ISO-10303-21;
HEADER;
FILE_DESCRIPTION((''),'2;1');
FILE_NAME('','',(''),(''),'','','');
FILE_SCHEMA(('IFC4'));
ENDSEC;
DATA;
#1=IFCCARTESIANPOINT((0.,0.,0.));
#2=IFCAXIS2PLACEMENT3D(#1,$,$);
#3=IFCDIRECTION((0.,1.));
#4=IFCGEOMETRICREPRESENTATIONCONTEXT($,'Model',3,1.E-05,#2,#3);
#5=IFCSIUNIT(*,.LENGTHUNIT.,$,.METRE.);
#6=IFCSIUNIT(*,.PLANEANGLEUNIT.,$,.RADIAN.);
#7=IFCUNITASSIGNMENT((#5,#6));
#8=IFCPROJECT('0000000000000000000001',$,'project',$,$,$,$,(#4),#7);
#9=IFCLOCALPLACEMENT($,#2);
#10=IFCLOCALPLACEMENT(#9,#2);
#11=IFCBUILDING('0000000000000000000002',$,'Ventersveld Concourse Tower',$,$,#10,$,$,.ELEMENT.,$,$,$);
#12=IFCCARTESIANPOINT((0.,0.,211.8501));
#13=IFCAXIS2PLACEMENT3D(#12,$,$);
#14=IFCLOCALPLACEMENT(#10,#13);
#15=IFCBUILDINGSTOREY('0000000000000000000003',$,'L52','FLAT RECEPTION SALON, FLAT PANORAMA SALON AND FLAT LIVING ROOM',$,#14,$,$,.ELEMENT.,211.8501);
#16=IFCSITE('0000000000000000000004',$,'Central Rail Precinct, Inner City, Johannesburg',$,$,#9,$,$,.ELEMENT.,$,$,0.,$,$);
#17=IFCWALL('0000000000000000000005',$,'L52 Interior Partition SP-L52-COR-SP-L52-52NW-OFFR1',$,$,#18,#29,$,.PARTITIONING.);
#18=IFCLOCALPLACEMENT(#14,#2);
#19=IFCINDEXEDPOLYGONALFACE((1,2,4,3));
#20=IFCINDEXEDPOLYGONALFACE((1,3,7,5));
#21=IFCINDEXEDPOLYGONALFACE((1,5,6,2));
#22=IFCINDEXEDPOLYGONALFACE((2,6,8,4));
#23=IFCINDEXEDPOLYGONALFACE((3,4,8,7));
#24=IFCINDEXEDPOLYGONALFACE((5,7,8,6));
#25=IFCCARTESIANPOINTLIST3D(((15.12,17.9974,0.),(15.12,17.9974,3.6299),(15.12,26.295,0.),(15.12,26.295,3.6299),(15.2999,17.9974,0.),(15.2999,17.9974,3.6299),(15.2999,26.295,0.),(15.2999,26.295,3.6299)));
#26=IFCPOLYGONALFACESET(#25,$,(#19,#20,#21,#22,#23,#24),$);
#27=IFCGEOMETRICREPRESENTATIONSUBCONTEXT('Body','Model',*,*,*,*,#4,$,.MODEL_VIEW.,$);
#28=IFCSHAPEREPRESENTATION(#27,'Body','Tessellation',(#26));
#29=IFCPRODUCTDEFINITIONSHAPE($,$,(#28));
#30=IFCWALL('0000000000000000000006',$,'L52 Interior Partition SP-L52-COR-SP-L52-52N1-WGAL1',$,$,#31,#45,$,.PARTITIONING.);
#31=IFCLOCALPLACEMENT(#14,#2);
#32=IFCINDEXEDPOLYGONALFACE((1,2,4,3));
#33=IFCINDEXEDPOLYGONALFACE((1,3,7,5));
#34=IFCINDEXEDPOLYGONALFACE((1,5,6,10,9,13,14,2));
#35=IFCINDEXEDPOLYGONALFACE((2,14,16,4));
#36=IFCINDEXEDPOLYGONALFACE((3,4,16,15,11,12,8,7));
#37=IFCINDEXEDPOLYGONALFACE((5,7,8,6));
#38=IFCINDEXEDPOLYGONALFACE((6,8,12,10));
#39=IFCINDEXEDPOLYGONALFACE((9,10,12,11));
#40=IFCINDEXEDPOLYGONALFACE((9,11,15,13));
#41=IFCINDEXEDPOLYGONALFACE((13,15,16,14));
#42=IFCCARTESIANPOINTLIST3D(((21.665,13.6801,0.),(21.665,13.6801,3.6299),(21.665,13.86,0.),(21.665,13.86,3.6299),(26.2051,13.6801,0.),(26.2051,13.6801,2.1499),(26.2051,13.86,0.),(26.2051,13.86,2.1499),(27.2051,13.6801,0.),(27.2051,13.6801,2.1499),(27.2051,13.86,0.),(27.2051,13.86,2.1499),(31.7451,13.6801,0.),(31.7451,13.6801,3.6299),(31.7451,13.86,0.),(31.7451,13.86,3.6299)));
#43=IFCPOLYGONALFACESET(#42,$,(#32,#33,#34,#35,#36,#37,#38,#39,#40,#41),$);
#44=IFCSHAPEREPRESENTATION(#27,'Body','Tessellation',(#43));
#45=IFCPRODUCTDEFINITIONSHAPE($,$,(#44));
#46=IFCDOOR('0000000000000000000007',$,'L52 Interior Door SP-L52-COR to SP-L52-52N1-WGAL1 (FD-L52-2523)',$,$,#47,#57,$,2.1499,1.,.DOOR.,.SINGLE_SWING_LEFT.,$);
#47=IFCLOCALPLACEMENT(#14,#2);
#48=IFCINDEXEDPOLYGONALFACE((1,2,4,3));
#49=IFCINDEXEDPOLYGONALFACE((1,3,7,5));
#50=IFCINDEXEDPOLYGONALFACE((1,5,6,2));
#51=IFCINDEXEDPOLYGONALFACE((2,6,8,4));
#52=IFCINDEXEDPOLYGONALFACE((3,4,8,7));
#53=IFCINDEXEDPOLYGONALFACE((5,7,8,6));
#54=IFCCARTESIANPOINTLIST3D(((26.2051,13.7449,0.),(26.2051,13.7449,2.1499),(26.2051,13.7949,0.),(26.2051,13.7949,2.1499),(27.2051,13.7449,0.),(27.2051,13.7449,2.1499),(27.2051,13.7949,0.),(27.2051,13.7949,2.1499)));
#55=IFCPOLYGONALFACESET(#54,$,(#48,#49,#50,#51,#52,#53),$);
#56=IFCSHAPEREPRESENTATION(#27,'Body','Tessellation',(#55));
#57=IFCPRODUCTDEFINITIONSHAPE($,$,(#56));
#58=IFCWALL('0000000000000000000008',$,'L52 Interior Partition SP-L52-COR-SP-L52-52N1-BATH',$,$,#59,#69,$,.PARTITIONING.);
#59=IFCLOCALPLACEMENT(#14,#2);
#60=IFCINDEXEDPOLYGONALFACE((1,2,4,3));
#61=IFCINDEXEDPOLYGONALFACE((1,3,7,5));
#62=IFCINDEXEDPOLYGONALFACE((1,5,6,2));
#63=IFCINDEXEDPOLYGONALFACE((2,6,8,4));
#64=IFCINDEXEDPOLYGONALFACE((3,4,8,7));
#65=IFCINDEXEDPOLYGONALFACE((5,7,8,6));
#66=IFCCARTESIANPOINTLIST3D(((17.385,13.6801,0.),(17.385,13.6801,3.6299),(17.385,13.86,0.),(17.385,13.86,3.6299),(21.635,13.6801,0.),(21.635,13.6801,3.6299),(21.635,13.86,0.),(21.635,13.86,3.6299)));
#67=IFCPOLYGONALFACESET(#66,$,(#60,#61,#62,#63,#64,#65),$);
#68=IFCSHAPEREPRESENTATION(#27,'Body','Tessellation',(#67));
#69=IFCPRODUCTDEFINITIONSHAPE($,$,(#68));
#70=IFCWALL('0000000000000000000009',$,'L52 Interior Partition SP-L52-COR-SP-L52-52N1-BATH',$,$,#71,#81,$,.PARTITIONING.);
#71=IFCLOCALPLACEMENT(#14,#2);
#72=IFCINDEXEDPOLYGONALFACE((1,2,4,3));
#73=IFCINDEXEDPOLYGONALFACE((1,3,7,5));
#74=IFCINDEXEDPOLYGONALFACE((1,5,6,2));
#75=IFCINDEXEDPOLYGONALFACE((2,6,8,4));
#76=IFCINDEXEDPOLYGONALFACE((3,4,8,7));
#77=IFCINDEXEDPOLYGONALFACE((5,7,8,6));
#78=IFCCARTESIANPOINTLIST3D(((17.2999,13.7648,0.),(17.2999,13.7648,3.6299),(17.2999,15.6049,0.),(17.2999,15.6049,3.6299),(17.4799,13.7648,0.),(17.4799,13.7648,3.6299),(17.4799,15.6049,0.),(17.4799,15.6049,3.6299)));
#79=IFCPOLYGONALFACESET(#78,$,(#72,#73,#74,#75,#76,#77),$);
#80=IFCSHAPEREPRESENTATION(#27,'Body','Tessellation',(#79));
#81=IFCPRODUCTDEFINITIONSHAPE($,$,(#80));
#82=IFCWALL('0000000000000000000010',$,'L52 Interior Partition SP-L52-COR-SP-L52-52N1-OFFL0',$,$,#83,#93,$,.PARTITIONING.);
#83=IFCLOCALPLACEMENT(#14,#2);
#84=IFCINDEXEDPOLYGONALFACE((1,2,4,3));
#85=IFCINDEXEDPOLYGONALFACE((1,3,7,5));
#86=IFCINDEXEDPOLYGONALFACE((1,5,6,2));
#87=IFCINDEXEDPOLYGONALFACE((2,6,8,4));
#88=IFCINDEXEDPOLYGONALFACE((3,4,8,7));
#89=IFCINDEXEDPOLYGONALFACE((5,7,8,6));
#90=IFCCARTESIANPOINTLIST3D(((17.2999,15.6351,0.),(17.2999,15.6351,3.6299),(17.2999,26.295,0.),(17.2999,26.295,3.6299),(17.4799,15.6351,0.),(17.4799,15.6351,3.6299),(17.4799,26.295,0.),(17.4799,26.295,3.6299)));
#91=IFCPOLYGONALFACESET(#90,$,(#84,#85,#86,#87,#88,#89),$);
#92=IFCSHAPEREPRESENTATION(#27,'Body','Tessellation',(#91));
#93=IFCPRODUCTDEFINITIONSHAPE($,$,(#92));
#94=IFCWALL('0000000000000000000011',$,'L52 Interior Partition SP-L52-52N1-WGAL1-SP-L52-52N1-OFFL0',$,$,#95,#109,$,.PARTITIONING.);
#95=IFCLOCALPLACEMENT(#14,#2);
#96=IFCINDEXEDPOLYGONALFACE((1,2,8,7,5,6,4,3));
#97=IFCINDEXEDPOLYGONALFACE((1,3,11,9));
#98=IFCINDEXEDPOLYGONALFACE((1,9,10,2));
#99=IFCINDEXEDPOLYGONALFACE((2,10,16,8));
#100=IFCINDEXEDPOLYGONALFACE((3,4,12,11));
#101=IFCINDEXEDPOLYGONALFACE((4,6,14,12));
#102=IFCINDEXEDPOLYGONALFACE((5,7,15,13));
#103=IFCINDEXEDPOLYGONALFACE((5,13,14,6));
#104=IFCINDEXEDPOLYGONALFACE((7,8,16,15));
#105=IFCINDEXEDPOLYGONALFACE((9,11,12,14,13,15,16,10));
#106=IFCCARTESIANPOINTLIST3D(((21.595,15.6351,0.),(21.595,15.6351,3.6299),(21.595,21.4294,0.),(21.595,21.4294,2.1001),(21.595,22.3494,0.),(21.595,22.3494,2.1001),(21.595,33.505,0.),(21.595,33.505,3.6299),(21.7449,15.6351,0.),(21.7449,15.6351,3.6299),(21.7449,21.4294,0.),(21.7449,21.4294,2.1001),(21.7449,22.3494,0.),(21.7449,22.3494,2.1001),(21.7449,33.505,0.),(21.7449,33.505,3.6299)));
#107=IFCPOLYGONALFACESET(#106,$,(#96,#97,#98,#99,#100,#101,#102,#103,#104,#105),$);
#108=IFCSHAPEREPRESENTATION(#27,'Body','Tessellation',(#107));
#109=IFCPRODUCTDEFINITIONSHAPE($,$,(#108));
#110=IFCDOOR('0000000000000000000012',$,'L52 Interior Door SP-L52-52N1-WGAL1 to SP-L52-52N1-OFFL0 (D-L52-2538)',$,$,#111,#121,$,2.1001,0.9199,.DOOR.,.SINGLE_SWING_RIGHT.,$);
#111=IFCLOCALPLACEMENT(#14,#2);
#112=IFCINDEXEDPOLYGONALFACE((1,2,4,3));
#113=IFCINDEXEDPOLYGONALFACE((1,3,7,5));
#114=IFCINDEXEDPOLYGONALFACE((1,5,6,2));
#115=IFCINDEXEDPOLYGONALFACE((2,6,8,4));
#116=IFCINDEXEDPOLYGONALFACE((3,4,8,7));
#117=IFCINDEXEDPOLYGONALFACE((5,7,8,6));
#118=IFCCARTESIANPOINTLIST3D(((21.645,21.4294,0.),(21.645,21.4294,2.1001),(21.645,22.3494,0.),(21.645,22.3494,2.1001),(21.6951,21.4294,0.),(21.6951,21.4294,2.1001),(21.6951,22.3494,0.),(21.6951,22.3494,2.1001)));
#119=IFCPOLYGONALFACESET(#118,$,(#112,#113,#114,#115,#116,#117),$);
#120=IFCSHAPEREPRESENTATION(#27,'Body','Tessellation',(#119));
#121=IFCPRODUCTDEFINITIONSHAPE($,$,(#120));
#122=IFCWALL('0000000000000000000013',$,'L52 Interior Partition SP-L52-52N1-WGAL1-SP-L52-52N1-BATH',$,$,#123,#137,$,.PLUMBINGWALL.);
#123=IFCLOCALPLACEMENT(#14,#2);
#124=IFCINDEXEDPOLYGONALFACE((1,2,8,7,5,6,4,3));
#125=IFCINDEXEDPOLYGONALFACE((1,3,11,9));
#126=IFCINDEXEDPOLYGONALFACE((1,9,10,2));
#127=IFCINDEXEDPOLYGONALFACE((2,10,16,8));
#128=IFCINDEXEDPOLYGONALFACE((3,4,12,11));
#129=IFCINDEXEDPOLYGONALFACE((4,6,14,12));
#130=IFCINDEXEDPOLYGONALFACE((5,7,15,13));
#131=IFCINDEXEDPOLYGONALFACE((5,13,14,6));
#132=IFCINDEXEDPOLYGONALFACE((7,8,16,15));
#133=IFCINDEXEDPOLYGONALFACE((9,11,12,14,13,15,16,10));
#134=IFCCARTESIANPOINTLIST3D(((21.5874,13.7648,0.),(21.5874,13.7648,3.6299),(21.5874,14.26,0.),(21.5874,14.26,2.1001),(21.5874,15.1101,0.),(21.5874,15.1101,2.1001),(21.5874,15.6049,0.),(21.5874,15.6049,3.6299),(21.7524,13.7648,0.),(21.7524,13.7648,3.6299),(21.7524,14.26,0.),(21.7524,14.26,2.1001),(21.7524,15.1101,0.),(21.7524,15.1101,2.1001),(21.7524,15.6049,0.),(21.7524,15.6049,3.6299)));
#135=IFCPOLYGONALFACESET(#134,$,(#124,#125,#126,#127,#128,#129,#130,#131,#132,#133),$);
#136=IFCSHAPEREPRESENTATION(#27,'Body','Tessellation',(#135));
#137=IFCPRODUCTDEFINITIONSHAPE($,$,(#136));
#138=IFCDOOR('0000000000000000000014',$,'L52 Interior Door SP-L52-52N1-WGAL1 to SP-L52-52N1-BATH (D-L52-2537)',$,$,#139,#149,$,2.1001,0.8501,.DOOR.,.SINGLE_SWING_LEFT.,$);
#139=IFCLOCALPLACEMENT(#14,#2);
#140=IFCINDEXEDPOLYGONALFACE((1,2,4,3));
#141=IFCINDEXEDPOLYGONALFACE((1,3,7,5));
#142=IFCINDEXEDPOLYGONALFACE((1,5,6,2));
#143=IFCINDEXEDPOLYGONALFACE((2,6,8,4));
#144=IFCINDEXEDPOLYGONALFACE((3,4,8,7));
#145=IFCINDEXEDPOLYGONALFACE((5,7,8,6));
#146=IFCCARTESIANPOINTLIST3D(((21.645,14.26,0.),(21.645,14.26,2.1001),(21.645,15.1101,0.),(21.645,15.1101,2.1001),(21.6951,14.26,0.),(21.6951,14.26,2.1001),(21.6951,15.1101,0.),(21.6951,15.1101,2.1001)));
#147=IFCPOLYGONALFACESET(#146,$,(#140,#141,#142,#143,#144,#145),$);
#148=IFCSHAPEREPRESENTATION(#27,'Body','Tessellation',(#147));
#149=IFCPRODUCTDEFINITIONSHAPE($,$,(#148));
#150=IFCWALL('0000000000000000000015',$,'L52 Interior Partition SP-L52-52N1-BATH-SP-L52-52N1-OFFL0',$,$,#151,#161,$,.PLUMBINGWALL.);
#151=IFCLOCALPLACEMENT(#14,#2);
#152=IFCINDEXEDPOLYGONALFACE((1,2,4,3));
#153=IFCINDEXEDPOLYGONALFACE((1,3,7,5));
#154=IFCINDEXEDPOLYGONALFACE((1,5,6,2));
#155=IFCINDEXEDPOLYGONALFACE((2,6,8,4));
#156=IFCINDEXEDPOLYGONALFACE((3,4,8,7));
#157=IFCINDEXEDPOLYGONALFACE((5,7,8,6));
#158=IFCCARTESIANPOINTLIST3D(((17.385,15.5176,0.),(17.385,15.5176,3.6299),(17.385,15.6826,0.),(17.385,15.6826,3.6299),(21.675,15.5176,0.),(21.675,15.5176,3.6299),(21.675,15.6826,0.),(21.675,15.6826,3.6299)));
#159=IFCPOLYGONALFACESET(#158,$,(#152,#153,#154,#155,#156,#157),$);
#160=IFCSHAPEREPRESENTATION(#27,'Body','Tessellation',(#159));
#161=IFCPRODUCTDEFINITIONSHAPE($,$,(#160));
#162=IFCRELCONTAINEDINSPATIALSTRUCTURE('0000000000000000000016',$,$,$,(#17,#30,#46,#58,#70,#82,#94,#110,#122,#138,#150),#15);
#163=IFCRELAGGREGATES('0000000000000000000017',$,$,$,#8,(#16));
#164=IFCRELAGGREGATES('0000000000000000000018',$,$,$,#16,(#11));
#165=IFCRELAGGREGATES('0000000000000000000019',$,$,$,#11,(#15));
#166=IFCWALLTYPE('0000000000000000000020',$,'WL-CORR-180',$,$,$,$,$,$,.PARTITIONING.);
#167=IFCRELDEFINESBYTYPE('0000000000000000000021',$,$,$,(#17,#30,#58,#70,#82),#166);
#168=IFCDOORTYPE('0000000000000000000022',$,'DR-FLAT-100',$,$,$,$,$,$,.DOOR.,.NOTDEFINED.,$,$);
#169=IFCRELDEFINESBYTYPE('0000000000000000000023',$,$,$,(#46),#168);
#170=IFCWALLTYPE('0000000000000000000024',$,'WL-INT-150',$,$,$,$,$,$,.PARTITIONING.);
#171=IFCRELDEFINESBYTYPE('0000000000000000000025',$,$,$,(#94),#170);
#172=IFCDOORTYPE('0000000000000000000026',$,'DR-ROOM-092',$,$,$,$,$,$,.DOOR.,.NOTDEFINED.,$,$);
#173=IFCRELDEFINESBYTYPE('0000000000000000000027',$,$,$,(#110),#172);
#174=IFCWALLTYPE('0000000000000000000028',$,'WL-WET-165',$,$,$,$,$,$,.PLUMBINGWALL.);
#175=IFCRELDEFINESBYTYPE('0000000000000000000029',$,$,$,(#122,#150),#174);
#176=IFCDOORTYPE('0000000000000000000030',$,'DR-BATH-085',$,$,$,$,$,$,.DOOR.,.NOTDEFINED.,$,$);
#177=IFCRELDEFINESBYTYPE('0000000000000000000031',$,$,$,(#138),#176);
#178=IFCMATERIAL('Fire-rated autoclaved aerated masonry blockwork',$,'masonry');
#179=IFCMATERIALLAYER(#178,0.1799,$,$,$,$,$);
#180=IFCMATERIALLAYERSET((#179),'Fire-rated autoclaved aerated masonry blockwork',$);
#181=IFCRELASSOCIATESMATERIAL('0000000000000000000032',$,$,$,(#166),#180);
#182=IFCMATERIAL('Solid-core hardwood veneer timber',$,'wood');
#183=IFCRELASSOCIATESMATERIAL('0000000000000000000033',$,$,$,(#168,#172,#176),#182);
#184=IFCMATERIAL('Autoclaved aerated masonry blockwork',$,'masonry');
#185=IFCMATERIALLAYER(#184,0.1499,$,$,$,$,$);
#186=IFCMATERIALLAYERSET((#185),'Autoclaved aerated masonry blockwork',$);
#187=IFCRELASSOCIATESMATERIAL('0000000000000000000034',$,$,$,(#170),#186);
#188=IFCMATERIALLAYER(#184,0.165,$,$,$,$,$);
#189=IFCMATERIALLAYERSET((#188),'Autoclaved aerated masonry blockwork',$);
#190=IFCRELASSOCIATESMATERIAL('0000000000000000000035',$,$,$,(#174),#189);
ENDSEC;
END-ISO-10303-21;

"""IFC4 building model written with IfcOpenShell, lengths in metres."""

from ifc_helpers import new_model, si_unit, direction, frame, frame_2d, origin, place, context, subcontext, project, spatial, rectangle, extrude, material, layer, layer_set, type_object, element, fill, save


model = new_model("IFC4")

# Units and contexts
model_context = context("Model", 3, precision=1e-05, world=origin(), true_north=direction((0.0, 1.0)))
body_context = subcontext(model_context, "Body", "Model", "MODEL_VIEW")
ifc_project = project(units=[si_unit("LENGTHUNIT", "METRE"), si_unit("PLANEANGLEUNIT", "RADIAN")], contexts=[model_context])

# Site, building, storey
site_placement = place(None, origin())
site = spatial("IfcSite", under=ifc_project, at=site_placement, Name="Central Rail Precinct, Inner City, Johannesburg", CompositionType="ELEMENT", RefElevation=0.0)
building_placement = place(site_placement, origin())
building = spatial("IfcBuilding", under=site, at=building_placement, Name="Ventersveld Concourse Tower", CompositionType="ELEMENT")
storey_placement = place(building_placement, frame((0.0, 0.0, 211.8501)))
storey = spatial("IfcBuildingStorey", under=building, at=storey_placement, Name="L52", Description="FLAT RECEPTION SALON, FLAT PANORAMA SALON AND FLAT LIVING ROOM", CompositionType="ELEMENT", Elevation=211.8501)

# Wall
ifc_material_1 = material(Name="Fire-rated autoclaved aerated masonry blockwork", Category="masonry")
ifc_layer_1 = layer(ifc_material_1, 0.1799)
ifc_layer_set_1 = layer_set([ifc_layer_1], Name="Fire-rated autoclaved aerated masonry blockwork")
wall_type_1 = type_object("IfcWallType", Name="WL-CORR-180", PredefinedType="PARTITIONING", material=ifc_layer_set_1)
wall_1_placement = place(storey_placement, frame((15.21, 17.9973, 0.0), z_axis=(0.0, 0.0, 1.0), x_axis=(0.0, 1.0, 0.0)))
element("IfcWall", 1, at=wall_1_placement, inside=storey, type_object=wall_type_1, Name="L52 Interior Partition SP-L52-COR-SP-L52-52NW-OFFR1", PredefinedType="PARTITIONING", context=body_context, shape_type="SweptSolid", body=[
    extrude(rectangle(XDim=8.2976, YDim=0.1799, at=frame_2d((4.1489, 0.0))), origin(), (0.0, 0.0, 1.0), 3.6299),
])

# Wall, opening, door
wall_2_placement = place(storey_placement, frame((21.665, 13.77, 0.0), z_axis=(0.0, 0.0, 1.0), x_axis=(1.0, 0.0, 0.0)))
wall_2 = element("IfcWall", 2, at=wall_2_placement, inside=storey, type_object=wall_type_1, Name="L52 Interior Partition SP-L52-COR-SP-L52-52N1-WGAL1", PredefinedType="PARTITIONING", context=body_context, shape_type="SweptSolid", body=[
    extrude(rectangle(XDim=10.0801, YDim=0.1799, at=frame_2d((5.04, 0.0))), origin(), (0.0, 0.0, 1.0), 3.6299),
])
opening_1_placement = place(wall_2_placement, frame((4.54, 0.0, 0.0)))
opening_1 = element("IfcOpeningElement", 3, at=opening_1_placement, cuts=wall_2, PredefinedType="OPENING", context=body_context, shape_type="SweptSolid", body=[
    extrude(rectangle(XDim=1.0, YDim=2.1499, at=frame_2d((0.5, 1.075))), frame((0.0, 0.1001, 0.0), z_axis=(0.0, -1.0, 0.0), x_axis=(1.0, 0.0, 0.0)), (0.0, 0.0, 1.0), 0.2),
])
ifc_material_2 = material(Name="Solid-core hardwood veneer timber", Category="wood")
door_type_1 = type_object("IfcDoorType", Name="DR-FLAT-100", OperationType="NOTDEFINED", PredefinedType="DOOR", material=ifc_material_2)
door_1_placement = place(opening_1_placement, origin())
door_1 = element("IfcDoor", 4, at=door_1_placement, inside=storey, type_object=door_type_1, Name="L52 Interior Door SP-L52-COR to SP-L52-52N1-WGAL1 (FD-L52-2523)", OperationType="SINGLE_SWING_LEFT", OverallHeight=2.1499, OverallWidth=1.0, PredefinedType="DOOR", context=body_context, shape_type="SweptSolid", body=[
    extrude(rectangle(XDim=1.0, YDim=2.1499, at=frame_2d((0.5, 1.075))), frame((0.0, 0.0249, 0.0), z_axis=(0.0, -1.0, 0.0), x_axis=(1.0, 0.0, 0.0)), (0.0, 0.0, 1.0), 0.05),
])
fill(opening_1, door_1)

# Walls
wall_3_placement = place(storey_placement, frame((17.385, 13.77, 0.0), z_axis=(0.0, 0.0, 1.0), x_axis=(1.0, 0.0, 0.0)))
element("IfcWall", 5, at=wall_3_placement, inside=storey, type_object=wall_type_1, Name="L52 Interior Partition SP-L52-COR-SP-L52-52N1-BATH", PredefinedType="PARTITIONING", context=body_context, shape_type="SweptSolid", body=[
    extrude(rectangle(XDim=4.25, YDim=0.1799, at=frame_2d((2.125, 0.0))), origin(), (0.0, 0.0, 1.0), 3.6299),
])
wall_4_placement = place(storey_placement, frame((17.3899, 13.7649, 0.0), z_axis=(0.0, 0.0, 1.0), x_axis=(0.0, 1.0, 0.0)))
element("IfcWall", 6, at=wall_4_placement, inside=storey, type_object=wall_type_1, Name="L52 Interior Partition SP-L52-COR-SP-L52-52N1-BATH", PredefinedType="PARTITIONING", context=body_context, shape_type="SweptSolid", body=[
    extrude(rectangle(XDim=1.8401, YDim=0.1799, at=frame_2d((0.9199, 0.0))), origin(), (0.0, 0.0, 1.0), 3.6299),
])
wall_5_placement = place(storey_placement, frame((17.3899, 15.635, 0.0), z_axis=(0.0, 0.0, 1.0), x_axis=(0.0, 1.0, 0.0)))
element("IfcWall", 7, at=wall_5_placement, inside=storey, type_object=wall_type_1, Name="L52 Interior Partition SP-L52-COR-SP-L52-52N1-OFFL0", PredefinedType="PARTITIONING", context=body_context, shape_type="SweptSolid", body=[
    extrude(rectangle(XDim=10.6599, YDim=0.1799, at=frame_2d((5.3301, 0.0))), origin(), (0.0, 0.0, 1.0), 3.6299),
])

# Walls, openings, doors
ifc_material_3 = material(Name="Autoclaved aerated masonry blockwork", Category="masonry")
ifc_layer_2 = layer(ifc_material_3, 0.1499)
ifc_layer_set_2 = layer_set([ifc_layer_2], Name="Autoclaved aerated masonry blockwork")
wall_type_2 = type_object("IfcWallType", Name="WL-INT-150", PredefinedType="PARTITIONING", material=ifc_layer_set_2)
wall_6_placement = place(storey_placement, frame((21.6699, 15.635, 0.0), z_axis=(0.0, 0.0, 1.0), x_axis=(0.0, 1.0, 0.0)))
wall_6 = element("IfcWall", 8, at=wall_6_placement, inside=storey, type_object=wall_type_2, Name="L52 Interior Partition SP-L52-52N1-WGAL1-SP-L52-52N1-OFFL0", PredefinedType="PARTITIONING", context=body_context, shape_type="SweptSolid", body=[
    extrude(rectangle(XDim=17.8699, YDim=0.1499, at=frame_2d((8.9351, 0.0))), origin(), (0.0, 0.0, 1.0), 3.6299),
])
opening_2_placement = place(wall_6_placement, frame((5.7944, 0.0, 0.0)))
opening_2 = element("IfcOpeningElement", 9, at=opening_2_placement, cuts=wall_6, PredefinedType="OPENING", context=body_context, shape_type="SweptSolid", body=[
    extrude(rectangle(XDim=0.9199, YDim=2.1001, at=frame_2d((0.46, 1.05))), frame((0.0, 0.085, 0.0), z_axis=(0.0, -1.0, 0.0), x_axis=(1.0, 0.0, 0.0)), (0.0, 0.0, 1.0), 0.1699),
])
door_type_2 = type_object("IfcDoorType", Name="DR-ROOM-092", OperationType="NOTDEFINED", PredefinedType="DOOR", material=ifc_material_2)
door_2_placement = place(opening_2_placement, origin())
door_2 = element("IfcDoor", 10, at=door_2_placement, inside=storey, type_object=door_type_2, Name="L52 Interior Door SP-L52-52N1-WGAL1 to SP-L52-52N1-OFFL0 (D-L52-2538)", OperationType="SINGLE_SWING_RIGHT", OverallHeight=2.1001, OverallWidth=0.9199, PredefinedType="DOOR", context=body_context, shape_type="SweptSolid", body=[
    extrude(rectangle(XDim=0.9199, YDim=2.1001, at=frame_2d((0.46, 1.05))), frame((0.0, 0.0249, 0.0), z_axis=(0.0, -1.0, 0.0), x_axis=(1.0, 0.0, 0.0)), (0.0, 0.0, 1.0), 0.05),
])
fill(opening_2, door_2)
ifc_layer_3 = layer(ifc_material_3, 0.165)
ifc_layer_set_3 = layer_set([ifc_layer_3], Name="Autoclaved aerated masonry blockwork")
wall_type_3 = type_object("IfcWallType", Name="WL-WET-165", PredefinedType="PLUMBINGWALL", material=ifc_layer_set_3)
wall_7_placement = place(storey_placement, frame((21.6699, 13.7649, 0.0), z_axis=(0.0, 0.0, 1.0), x_axis=(0.0, 1.0, 0.0)))
wall_7 = element("IfcWall", 11, at=wall_7_placement, inside=storey, type_object=wall_type_3, Name="L52 Interior Partition SP-L52-52N1-WGAL1-SP-L52-52N1-BATH", PredefinedType="PLUMBINGWALL", context=body_context, shape_type="SweptSolid", body=[
    extrude(rectangle(XDim=1.8401, YDim=0.165, at=frame_2d((0.9199, 0.0))), origin(), (0.0, 0.0, 1.0), 3.6299),
])
opening_3_placement = place(wall_7_placement, frame((0.4951, 0.0, 0.0)))
opening_3 = element("IfcOpeningElement", 12, at=opening_3_placement, cuts=wall_7, PredefinedType="OPENING", context=body_context, shape_type="SweptSolid", body=[
    extrude(rectangle(XDim=0.8501, YDim=2.1001, at=frame_2d((0.425, 1.05))), frame((0.0, 0.0925, 0.0), z_axis=(0.0, -1.0, 0.0), x_axis=(1.0, 0.0, 0.0)), (0.0, 0.0, 1.0), 0.1851),
])
door_type_3 = type_object("IfcDoorType", Name="DR-BATH-085", OperationType="NOTDEFINED", PredefinedType="DOOR", material=ifc_material_2)
door_3_placement = place(opening_3_placement, origin())
door_3 = element("IfcDoor", 13, at=door_3_placement, inside=storey, type_object=door_type_3, Name="L52 Interior Door SP-L52-52N1-WGAL1 to SP-L52-52N1-BATH (D-L52-2537)", OperationType="SINGLE_SWING_LEFT", OverallHeight=2.1001, OverallWidth=0.8501, PredefinedType="DOOR", context=body_context, shape_type="SweptSolid", body=[
    extrude(rectangle(XDim=0.8501, YDim=2.1001, at=frame_2d((0.425, 1.05))), frame((0.0, 0.0249, 0.0), z_axis=(0.0, -1.0, 0.0), x_axis=(1.0, 0.0, 0.0)), (0.0, 0.0, 1.0), 0.05),
])
fill(opening_3, door_3)

# Wall
wall_8_placement = place(storey_placement, frame((17.385, 15.6001, 0.0), z_axis=(0.0, 0.0, 1.0), x_axis=(1.0, 0.0, 0.0)))
element("IfcWall", 14, at=wall_8_placement, inside=storey, type_object=wall_type_3, Name="L52 Interior Partition SP-L52-52N1-BATH-SP-L52-52N1-OFFL0", PredefinedType="PLUMBINGWALL", context=body_context, shape_type="SweptSolid", body=[
    extrude(rectangle(XDim=4.29, YDim=0.165, at=frame_2d((2.145, 0.0))), origin(), (0.0, 0.0, 1.0), 3.6299),
])

save(model, "model.ifc")
